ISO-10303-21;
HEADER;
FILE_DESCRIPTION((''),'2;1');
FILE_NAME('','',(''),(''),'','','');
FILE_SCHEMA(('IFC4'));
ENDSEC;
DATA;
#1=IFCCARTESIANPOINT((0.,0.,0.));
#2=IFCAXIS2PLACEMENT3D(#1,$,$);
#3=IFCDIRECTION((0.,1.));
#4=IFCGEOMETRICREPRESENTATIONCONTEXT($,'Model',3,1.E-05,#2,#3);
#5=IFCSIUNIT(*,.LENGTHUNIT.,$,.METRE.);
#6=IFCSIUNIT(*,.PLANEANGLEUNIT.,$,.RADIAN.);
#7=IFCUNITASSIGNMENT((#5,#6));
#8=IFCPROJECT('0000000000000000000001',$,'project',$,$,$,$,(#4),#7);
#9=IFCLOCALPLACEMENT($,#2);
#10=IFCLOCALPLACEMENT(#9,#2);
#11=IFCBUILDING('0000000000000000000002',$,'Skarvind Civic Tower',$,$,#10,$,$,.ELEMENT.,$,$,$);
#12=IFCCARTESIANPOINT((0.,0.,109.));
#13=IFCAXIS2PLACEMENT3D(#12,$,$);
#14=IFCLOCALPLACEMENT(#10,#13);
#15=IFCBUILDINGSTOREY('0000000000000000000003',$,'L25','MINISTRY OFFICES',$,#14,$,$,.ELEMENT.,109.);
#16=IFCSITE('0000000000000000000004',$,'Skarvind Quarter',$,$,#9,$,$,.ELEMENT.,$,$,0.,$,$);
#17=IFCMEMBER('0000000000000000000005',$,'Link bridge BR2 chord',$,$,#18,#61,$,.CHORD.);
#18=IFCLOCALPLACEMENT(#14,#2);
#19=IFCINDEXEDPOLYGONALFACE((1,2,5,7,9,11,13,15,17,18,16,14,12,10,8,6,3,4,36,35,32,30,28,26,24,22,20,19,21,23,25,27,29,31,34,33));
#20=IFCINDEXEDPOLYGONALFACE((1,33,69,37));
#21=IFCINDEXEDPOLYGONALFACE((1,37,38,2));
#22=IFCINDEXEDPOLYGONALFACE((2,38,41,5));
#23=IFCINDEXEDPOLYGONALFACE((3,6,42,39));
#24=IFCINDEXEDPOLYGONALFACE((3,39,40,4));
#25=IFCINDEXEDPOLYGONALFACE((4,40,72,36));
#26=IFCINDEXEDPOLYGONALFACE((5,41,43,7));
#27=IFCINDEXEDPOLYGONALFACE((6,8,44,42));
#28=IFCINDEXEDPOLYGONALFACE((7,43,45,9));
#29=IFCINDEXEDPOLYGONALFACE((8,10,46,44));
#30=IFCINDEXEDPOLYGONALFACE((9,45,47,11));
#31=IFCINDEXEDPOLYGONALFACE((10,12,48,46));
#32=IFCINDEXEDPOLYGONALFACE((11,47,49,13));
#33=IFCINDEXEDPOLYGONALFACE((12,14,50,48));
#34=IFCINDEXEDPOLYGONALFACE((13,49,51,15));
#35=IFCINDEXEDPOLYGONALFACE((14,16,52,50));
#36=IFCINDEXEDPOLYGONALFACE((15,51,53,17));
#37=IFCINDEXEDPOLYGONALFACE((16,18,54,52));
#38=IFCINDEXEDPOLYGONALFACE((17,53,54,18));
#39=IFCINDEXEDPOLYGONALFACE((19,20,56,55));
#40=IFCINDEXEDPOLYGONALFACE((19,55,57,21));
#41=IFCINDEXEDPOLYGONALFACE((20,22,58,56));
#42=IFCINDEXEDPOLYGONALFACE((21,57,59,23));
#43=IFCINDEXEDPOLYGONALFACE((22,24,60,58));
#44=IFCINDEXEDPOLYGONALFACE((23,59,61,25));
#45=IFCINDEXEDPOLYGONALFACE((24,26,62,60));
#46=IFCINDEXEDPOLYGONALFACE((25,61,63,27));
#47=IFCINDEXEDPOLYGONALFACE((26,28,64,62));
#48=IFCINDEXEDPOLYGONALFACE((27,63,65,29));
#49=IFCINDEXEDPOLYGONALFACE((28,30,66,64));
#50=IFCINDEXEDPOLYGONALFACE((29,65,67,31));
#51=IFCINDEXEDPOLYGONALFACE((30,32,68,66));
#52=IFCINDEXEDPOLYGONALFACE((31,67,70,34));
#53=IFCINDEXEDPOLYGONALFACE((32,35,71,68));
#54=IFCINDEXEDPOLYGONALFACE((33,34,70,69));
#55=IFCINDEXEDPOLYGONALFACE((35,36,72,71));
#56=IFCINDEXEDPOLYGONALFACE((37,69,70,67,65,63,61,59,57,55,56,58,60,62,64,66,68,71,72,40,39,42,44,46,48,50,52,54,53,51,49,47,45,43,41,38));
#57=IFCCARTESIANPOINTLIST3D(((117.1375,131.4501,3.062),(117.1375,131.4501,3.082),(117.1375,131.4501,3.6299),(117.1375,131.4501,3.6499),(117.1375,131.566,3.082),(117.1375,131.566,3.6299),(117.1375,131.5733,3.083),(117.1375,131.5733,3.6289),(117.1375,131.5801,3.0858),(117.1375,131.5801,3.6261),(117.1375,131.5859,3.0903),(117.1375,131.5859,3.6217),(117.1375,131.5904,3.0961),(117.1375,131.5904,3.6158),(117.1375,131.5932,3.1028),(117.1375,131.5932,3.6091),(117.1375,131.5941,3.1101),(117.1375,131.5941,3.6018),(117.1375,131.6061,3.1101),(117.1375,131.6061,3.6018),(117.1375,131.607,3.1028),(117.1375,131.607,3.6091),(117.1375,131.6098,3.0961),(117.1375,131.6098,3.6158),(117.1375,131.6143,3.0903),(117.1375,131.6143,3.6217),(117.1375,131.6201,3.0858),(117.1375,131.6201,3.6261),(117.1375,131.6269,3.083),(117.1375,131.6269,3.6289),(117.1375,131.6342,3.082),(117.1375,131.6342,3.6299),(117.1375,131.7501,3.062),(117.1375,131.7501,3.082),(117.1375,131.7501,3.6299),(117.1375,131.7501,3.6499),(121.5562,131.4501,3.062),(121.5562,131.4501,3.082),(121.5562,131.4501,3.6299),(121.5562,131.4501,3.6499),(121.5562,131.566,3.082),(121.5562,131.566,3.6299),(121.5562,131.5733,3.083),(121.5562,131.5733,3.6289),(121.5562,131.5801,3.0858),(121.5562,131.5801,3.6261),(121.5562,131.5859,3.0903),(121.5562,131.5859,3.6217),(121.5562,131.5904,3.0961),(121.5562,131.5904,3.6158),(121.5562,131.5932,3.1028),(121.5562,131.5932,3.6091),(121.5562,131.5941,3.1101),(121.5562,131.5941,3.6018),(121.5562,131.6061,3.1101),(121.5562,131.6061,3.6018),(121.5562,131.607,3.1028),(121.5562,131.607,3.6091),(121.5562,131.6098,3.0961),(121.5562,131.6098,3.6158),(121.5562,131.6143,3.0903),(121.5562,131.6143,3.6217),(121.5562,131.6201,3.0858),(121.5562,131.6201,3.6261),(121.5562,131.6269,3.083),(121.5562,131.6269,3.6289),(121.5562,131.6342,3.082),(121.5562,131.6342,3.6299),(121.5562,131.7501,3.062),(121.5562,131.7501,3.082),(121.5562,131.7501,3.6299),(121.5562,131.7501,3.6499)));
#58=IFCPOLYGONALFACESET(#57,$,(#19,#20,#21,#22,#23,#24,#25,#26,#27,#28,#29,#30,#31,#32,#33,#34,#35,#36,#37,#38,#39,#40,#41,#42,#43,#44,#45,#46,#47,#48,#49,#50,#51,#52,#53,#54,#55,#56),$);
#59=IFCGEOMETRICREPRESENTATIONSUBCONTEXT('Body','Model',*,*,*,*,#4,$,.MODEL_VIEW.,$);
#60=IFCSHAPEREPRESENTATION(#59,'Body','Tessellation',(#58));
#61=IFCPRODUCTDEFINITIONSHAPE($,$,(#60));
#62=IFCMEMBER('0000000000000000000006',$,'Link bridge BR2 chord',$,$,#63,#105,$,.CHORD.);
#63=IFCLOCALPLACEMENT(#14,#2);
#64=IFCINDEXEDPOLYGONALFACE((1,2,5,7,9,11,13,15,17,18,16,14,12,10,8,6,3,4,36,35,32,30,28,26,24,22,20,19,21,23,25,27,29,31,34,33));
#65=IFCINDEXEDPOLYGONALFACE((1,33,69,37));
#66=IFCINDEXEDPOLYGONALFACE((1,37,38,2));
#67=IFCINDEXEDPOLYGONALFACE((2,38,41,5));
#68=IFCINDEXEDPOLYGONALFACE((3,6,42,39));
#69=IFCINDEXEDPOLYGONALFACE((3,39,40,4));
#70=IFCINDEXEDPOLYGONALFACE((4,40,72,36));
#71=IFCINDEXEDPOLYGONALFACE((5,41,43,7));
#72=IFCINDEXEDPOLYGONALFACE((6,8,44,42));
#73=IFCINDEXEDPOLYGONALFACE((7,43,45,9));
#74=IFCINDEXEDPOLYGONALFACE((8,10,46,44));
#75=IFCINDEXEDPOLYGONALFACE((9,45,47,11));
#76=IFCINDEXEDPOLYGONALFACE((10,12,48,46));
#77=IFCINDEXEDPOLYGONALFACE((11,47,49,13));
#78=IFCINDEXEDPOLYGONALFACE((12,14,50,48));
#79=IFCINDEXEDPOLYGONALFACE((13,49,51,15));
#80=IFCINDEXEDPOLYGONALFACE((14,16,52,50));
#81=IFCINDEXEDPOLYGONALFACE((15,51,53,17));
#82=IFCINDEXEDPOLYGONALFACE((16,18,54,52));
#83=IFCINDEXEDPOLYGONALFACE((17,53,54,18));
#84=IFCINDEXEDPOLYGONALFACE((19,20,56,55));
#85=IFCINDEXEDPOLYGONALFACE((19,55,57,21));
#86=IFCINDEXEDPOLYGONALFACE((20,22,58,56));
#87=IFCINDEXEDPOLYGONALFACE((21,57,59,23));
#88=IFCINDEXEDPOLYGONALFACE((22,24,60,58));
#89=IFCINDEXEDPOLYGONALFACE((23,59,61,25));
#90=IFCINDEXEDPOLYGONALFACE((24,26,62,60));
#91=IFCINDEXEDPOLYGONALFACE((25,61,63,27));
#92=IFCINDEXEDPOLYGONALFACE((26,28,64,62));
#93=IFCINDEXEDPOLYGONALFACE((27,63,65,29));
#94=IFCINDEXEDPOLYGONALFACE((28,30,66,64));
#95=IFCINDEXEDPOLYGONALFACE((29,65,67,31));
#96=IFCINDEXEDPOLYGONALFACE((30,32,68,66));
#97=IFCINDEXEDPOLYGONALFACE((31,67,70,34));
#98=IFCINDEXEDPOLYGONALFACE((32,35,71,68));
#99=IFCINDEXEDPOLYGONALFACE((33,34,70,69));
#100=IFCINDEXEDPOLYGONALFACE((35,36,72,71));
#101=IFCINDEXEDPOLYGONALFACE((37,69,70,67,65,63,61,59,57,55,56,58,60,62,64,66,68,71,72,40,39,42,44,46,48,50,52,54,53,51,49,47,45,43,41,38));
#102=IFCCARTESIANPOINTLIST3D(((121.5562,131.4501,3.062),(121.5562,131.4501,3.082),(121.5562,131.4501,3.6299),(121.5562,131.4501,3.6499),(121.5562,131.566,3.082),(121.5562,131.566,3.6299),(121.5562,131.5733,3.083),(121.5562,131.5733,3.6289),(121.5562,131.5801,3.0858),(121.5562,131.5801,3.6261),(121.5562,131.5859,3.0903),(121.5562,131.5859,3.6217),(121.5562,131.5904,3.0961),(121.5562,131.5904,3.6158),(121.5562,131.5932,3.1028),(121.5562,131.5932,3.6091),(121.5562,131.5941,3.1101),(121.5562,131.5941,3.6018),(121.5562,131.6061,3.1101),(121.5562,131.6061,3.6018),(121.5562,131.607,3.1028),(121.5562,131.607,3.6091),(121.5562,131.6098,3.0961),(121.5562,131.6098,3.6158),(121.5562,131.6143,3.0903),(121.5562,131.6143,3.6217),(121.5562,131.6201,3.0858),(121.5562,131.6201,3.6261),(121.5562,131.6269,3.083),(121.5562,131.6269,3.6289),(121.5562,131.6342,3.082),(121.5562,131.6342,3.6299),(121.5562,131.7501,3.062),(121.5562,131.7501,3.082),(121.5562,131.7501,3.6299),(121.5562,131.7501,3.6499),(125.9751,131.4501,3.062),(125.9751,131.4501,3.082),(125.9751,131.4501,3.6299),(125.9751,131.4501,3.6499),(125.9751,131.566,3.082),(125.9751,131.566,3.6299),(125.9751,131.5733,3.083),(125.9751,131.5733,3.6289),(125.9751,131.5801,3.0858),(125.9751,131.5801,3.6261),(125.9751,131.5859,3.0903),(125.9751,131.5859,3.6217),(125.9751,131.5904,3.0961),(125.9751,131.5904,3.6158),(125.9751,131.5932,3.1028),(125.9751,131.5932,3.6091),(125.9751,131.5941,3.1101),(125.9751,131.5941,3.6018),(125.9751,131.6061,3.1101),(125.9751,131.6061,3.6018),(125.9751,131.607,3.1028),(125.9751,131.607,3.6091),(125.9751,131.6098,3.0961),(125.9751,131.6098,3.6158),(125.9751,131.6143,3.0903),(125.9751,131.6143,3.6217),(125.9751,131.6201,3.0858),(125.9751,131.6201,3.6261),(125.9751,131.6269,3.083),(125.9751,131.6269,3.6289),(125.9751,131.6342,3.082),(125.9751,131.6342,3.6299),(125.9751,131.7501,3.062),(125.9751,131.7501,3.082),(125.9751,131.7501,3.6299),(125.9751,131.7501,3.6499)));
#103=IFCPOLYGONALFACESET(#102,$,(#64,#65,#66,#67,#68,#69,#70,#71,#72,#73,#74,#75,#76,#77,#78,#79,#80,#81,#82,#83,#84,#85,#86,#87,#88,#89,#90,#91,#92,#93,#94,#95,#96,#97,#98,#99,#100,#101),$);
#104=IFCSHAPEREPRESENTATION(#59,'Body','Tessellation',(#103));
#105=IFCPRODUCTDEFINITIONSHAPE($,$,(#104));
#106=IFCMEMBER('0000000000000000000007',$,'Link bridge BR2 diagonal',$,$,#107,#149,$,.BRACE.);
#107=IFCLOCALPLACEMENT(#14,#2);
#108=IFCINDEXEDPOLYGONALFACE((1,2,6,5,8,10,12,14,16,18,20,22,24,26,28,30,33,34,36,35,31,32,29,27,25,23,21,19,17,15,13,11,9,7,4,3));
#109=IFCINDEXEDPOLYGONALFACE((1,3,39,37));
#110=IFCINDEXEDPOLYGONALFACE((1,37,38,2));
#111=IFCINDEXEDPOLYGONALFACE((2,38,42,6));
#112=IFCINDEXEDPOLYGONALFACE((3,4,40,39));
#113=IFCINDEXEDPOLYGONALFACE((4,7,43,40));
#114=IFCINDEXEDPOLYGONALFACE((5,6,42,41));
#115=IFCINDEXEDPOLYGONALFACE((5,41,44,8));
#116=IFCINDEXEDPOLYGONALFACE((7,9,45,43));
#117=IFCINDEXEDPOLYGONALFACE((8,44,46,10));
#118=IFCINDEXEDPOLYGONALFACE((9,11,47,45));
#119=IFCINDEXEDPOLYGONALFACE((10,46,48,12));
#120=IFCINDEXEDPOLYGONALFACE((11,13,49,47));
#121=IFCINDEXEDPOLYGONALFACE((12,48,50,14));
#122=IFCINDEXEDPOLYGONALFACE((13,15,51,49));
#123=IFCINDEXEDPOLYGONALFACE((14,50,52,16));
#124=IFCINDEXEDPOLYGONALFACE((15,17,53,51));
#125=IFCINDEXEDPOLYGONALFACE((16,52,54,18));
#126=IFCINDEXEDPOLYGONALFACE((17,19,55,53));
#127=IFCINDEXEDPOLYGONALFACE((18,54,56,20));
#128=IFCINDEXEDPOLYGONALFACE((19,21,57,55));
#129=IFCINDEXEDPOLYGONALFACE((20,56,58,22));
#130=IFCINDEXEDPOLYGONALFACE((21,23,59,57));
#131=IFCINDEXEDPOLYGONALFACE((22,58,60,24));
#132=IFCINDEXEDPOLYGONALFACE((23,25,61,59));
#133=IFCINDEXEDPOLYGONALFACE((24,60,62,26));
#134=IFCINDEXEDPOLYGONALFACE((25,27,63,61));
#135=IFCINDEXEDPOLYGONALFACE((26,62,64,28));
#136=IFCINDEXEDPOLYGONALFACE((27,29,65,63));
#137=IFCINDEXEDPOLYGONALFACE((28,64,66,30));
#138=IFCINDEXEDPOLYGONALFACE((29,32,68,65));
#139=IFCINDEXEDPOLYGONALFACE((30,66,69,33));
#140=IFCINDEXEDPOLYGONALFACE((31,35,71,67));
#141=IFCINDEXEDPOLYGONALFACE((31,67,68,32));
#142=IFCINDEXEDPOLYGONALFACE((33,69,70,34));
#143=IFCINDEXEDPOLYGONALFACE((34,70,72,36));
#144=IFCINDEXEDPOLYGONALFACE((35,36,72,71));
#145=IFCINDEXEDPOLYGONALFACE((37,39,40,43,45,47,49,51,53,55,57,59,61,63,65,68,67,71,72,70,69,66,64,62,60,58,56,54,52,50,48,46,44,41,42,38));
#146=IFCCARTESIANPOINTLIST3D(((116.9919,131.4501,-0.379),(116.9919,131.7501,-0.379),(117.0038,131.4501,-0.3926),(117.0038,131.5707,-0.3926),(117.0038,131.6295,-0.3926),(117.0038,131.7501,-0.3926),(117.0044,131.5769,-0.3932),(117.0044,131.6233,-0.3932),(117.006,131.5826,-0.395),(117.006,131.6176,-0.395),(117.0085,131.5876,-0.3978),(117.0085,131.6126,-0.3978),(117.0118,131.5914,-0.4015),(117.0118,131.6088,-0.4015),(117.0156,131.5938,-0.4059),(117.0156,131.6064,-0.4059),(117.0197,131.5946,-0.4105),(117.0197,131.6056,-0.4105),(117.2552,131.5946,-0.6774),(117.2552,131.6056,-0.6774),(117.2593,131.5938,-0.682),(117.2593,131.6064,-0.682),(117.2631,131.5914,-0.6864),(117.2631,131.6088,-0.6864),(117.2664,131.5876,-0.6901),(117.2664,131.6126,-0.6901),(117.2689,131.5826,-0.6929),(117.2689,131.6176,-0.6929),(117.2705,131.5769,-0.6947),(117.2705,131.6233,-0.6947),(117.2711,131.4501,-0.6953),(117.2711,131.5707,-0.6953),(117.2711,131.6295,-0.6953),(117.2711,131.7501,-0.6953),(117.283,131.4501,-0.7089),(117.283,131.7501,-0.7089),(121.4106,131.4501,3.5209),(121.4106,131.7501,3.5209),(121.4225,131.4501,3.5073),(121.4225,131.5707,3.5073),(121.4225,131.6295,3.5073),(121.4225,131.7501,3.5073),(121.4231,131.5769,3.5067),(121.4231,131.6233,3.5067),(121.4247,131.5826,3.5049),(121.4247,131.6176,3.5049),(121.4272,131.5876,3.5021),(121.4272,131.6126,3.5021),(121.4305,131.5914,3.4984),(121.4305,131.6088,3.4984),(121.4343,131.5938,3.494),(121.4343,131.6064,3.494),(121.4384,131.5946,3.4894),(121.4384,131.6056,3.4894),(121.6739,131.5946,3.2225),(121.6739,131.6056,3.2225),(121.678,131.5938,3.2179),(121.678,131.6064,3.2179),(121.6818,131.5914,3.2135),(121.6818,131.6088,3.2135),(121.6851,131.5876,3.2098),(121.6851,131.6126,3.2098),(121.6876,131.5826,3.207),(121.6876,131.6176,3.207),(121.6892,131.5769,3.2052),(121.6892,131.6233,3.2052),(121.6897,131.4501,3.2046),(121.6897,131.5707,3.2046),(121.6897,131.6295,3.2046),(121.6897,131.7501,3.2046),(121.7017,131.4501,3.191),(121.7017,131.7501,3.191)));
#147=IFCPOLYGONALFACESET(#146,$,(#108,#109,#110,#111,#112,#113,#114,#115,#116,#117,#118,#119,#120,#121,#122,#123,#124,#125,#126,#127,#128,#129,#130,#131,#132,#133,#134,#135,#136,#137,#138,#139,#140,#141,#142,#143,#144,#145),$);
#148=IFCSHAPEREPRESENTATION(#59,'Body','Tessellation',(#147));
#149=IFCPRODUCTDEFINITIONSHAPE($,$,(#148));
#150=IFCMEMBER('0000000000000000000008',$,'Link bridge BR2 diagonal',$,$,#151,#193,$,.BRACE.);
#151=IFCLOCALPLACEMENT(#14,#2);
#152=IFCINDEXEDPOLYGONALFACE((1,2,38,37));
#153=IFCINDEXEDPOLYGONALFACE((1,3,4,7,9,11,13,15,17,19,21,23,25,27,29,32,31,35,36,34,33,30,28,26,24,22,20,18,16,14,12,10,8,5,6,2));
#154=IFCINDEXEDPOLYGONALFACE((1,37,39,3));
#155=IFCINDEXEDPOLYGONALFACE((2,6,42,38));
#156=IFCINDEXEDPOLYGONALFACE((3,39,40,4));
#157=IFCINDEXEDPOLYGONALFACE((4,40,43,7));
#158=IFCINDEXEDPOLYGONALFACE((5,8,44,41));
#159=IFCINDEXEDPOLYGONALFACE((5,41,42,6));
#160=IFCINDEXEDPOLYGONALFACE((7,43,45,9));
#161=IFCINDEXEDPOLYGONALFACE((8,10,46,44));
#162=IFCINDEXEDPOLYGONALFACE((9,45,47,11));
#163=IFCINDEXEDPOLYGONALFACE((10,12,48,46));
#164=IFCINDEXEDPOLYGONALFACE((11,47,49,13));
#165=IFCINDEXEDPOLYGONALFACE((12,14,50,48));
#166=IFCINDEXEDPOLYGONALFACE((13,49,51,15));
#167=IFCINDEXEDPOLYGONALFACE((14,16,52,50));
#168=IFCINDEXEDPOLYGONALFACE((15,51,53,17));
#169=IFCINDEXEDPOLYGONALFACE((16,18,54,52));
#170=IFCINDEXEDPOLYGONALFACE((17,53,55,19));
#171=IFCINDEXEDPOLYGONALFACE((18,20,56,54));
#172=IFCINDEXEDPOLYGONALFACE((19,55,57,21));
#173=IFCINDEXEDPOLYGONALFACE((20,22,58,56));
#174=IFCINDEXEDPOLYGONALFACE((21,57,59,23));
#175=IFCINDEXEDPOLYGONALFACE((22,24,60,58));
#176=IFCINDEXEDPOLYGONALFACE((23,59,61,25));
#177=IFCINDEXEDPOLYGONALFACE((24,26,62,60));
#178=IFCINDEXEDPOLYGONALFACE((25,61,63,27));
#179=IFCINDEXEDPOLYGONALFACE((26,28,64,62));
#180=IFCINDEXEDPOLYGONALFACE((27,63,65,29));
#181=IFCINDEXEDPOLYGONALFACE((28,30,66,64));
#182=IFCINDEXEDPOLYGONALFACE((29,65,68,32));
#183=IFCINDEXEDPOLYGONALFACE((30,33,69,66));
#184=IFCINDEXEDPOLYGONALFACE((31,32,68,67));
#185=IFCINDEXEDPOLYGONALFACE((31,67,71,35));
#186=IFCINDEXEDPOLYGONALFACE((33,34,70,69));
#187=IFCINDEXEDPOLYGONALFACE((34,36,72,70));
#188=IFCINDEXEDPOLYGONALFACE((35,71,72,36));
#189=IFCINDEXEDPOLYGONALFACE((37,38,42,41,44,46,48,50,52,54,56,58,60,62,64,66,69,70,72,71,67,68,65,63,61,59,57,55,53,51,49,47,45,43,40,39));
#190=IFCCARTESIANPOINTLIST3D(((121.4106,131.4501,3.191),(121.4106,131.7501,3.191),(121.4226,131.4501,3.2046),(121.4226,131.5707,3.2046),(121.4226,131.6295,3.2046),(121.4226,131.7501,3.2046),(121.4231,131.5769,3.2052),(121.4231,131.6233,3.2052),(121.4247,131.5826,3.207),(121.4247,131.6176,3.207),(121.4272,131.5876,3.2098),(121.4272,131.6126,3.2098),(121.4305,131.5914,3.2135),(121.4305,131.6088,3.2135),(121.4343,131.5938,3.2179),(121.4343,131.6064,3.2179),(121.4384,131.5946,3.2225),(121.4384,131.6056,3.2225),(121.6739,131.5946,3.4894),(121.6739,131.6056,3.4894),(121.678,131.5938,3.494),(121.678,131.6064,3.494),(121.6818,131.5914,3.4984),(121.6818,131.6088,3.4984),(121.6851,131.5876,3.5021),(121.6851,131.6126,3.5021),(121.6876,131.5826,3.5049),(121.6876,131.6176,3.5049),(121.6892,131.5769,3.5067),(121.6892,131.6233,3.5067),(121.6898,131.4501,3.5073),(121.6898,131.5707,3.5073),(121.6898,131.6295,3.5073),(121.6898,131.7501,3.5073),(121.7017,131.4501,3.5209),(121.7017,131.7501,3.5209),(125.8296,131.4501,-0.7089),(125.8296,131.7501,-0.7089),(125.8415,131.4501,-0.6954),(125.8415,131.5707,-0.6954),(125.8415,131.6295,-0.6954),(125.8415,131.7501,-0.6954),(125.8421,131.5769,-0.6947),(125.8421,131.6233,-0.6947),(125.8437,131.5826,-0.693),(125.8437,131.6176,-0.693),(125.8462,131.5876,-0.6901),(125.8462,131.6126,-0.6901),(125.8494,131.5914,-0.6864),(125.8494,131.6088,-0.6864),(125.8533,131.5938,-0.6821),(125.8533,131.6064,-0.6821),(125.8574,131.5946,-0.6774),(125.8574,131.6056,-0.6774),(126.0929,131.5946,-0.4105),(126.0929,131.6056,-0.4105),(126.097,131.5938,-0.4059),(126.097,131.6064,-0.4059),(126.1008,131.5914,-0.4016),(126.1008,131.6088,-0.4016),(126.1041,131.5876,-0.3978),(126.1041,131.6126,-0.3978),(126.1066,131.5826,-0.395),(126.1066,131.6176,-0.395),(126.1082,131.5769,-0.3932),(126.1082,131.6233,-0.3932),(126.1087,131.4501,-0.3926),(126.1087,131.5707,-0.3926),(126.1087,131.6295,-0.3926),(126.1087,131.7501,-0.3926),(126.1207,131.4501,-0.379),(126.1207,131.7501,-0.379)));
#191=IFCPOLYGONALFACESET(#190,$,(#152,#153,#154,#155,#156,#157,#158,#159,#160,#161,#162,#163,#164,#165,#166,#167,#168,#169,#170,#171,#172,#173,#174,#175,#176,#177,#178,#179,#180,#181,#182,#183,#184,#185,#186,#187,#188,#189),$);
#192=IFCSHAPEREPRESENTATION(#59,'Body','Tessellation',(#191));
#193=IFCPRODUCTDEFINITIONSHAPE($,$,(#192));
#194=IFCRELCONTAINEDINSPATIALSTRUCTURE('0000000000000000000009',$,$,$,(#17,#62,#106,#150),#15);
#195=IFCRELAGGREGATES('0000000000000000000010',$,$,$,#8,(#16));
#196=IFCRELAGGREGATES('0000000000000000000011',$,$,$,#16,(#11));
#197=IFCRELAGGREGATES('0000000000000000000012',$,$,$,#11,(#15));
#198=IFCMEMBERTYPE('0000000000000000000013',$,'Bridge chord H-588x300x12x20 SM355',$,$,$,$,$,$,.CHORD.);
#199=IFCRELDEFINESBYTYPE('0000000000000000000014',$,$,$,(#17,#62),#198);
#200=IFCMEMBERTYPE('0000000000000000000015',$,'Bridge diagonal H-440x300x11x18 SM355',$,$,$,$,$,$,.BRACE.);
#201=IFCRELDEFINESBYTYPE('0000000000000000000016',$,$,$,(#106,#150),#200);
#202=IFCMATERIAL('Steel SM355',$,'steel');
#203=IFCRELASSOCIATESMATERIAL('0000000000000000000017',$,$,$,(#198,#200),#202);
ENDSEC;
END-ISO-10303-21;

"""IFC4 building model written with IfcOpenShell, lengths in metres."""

from ifc_helpers import new_model, si_unit, direction, frame, origin, origin_2d, place, context, subcontext, project, spatial, i_section, extrude, material, material_profile, profile_set, type_object, element, save


model = new_model("IFC4")

# Units and contexts
model_context = context("Model", 3, precision=1e-05, world=origin(), true_north=direction((0.0, 1.0)))
body_context = subcontext(model_context, "Body", "Model", "MODEL_VIEW")
ifc_project = project(units=[si_unit("LENGTHUNIT", "METRE"), si_unit("PLANEANGLEUNIT", "RADIAN")], contexts=[model_context])

# Site, building, storey
site_placement = place(None, origin())
site = spatial("IfcSite", under=ifc_project, at=site_placement, Name="Skarvind Quarter", CompositionType="ELEMENT", RefElevation=0.0)
building_placement = place(site_placement, origin())
building = spatial("IfcBuilding", under=site, at=building_placement, Name="Skarvind Civic Tower", CompositionType="ELEMENT")
storey_placement = place(building_placement, frame((0.0, 0.0, 109.0)))
storey = spatial("IfcBuildingStorey", under=building, at=storey_placement, Name="L25", Description="MINISTRY OFFICES", CompositionType="ELEMENT", Elevation=109.0)

# Members
ifc_material_1 = material(Name="Steel SM355", Category="steel")
ifc_material_profile_1 = material_profile(ifc_material_1, i_section(OverallWidth=0.3, OverallDepth=0.5879, WebThickness=0.012, FlangeThickness=0.02, FilletRadius=0.0281, at=origin_2d()), Name="H-588x300x12x20")
ifc_profile_set_1 = profile_set([ifc_material_profile_1], Name="Steel SM355")
member_type_1 = type_object("IfcMemberType", Name="Bridge chord H-588x300x12x20 SM355", PredefinedType="CHORD", material=ifc_profile_set_1)
member_1_placement = place(storey_placement, frame((117.1375, 131.6001, 3.356), z_axis=(1.0, 0.0, 0.0), x_axis=(0.0, 1.0, 0.0)))
element("IfcMember", 1, at=member_1_placement, inside=storey, type_object=member_type_1, Name="Link bridge BR2 chord", PredefinedType="CHORD", context=body_context, shape_type="SweptSolid", body=[
    extrude(i_section(OverallWidth=0.3, OverallDepth=0.5879, WebThickness=0.012, FlangeThickness=0.02, FilletRadius=0.0281, at=origin_2d()), origin(), (0.0, 0.0, 1.0), 4.4187),
])
member_2_placement = place(storey_placement, frame((121.5562, 131.6001, 3.356), z_axis=(1.0, 0.0, 0.0), x_axis=(0.0, 1.0, 0.0)))
element("IfcMember", 2, at=member_2_placement, inside=storey, type_object=member_type_1, Name="Link bridge BR2 chord", PredefinedType="CHORD", context=body_context, shape_type="SweptSolid", body=[
    extrude(i_section(OverallWidth=0.3, OverallDepth=0.5879, WebThickness=0.012, FlangeThickness=0.02, FilletRadius=0.0281, at=origin_2d()), origin(), (0.0, 0.0, 1.0), 4.4189),
])
ifc_material_profile_2 = material_profile(ifc_material_1, i_section(OverallWidth=0.3, OverallDepth=0.4399, WebThickness=0.011, FlangeThickness=0.0181, FilletRadius=0.0239, at=origin_2d()), Name="H-440x300x11x18")
ifc_profile_set_2 = profile_set([ifc_material_profile_2], Name="Steel SM355")
member_type_2 = type_object("IfcMemberType", Name="Bridge diagonal H-440x300x11x18 SM355", PredefinedType="BRACE", material=ifc_profile_set_2)
member_3_placement = place(storey_placement, frame((117.1375, 131.6001, -0.5439), z_axis=(0.74975, 0.0, 0.661722), x_axis=(0.0, 1.0, 0.0)))
element("IfcMember", 3, at=member_3_placement, inside=storey, type_object=member_type_2, Name="Link bridge BR2 diagonal", PredefinedType="BRACE", context=body_context, shape_type="SweptSolid", body=[
    extrude(i_section(OverallWidth=0.3, OverallDepth=0.4399, WebThickness=0.011, FlangeThickness=0.0181, FilletRadius=0.0239, at=origin_2d()), origin(), (0.0, 0.0, 1.0), 5.8936),
])
member_4_placement = place(storey_placement, frame((121.5562, 131.6001, 3.356), z_axis=(0.749768, 0.0, -0.661701), x_axis=(0.0, 1.0, 0.0)))
element("IfcMember", 4, at=member_4_placement, inside=storey, type_object=member_type_2, Name="Link bridge BR2 diagonal", PredefinedType="BRACE", context=body_context, shape_type="SweptSolid", body=[
    extrude(i_section(OverallWidth=0.3, OverallDepth=0.4399, WebThickness=0.011, FlangeThickness=0.0181, FilletRadius=0.0239, at=origin_2d()), origin(), (0.0, 0.0, 1.0), 5.8938),
])

save(model, "model.ifc")
